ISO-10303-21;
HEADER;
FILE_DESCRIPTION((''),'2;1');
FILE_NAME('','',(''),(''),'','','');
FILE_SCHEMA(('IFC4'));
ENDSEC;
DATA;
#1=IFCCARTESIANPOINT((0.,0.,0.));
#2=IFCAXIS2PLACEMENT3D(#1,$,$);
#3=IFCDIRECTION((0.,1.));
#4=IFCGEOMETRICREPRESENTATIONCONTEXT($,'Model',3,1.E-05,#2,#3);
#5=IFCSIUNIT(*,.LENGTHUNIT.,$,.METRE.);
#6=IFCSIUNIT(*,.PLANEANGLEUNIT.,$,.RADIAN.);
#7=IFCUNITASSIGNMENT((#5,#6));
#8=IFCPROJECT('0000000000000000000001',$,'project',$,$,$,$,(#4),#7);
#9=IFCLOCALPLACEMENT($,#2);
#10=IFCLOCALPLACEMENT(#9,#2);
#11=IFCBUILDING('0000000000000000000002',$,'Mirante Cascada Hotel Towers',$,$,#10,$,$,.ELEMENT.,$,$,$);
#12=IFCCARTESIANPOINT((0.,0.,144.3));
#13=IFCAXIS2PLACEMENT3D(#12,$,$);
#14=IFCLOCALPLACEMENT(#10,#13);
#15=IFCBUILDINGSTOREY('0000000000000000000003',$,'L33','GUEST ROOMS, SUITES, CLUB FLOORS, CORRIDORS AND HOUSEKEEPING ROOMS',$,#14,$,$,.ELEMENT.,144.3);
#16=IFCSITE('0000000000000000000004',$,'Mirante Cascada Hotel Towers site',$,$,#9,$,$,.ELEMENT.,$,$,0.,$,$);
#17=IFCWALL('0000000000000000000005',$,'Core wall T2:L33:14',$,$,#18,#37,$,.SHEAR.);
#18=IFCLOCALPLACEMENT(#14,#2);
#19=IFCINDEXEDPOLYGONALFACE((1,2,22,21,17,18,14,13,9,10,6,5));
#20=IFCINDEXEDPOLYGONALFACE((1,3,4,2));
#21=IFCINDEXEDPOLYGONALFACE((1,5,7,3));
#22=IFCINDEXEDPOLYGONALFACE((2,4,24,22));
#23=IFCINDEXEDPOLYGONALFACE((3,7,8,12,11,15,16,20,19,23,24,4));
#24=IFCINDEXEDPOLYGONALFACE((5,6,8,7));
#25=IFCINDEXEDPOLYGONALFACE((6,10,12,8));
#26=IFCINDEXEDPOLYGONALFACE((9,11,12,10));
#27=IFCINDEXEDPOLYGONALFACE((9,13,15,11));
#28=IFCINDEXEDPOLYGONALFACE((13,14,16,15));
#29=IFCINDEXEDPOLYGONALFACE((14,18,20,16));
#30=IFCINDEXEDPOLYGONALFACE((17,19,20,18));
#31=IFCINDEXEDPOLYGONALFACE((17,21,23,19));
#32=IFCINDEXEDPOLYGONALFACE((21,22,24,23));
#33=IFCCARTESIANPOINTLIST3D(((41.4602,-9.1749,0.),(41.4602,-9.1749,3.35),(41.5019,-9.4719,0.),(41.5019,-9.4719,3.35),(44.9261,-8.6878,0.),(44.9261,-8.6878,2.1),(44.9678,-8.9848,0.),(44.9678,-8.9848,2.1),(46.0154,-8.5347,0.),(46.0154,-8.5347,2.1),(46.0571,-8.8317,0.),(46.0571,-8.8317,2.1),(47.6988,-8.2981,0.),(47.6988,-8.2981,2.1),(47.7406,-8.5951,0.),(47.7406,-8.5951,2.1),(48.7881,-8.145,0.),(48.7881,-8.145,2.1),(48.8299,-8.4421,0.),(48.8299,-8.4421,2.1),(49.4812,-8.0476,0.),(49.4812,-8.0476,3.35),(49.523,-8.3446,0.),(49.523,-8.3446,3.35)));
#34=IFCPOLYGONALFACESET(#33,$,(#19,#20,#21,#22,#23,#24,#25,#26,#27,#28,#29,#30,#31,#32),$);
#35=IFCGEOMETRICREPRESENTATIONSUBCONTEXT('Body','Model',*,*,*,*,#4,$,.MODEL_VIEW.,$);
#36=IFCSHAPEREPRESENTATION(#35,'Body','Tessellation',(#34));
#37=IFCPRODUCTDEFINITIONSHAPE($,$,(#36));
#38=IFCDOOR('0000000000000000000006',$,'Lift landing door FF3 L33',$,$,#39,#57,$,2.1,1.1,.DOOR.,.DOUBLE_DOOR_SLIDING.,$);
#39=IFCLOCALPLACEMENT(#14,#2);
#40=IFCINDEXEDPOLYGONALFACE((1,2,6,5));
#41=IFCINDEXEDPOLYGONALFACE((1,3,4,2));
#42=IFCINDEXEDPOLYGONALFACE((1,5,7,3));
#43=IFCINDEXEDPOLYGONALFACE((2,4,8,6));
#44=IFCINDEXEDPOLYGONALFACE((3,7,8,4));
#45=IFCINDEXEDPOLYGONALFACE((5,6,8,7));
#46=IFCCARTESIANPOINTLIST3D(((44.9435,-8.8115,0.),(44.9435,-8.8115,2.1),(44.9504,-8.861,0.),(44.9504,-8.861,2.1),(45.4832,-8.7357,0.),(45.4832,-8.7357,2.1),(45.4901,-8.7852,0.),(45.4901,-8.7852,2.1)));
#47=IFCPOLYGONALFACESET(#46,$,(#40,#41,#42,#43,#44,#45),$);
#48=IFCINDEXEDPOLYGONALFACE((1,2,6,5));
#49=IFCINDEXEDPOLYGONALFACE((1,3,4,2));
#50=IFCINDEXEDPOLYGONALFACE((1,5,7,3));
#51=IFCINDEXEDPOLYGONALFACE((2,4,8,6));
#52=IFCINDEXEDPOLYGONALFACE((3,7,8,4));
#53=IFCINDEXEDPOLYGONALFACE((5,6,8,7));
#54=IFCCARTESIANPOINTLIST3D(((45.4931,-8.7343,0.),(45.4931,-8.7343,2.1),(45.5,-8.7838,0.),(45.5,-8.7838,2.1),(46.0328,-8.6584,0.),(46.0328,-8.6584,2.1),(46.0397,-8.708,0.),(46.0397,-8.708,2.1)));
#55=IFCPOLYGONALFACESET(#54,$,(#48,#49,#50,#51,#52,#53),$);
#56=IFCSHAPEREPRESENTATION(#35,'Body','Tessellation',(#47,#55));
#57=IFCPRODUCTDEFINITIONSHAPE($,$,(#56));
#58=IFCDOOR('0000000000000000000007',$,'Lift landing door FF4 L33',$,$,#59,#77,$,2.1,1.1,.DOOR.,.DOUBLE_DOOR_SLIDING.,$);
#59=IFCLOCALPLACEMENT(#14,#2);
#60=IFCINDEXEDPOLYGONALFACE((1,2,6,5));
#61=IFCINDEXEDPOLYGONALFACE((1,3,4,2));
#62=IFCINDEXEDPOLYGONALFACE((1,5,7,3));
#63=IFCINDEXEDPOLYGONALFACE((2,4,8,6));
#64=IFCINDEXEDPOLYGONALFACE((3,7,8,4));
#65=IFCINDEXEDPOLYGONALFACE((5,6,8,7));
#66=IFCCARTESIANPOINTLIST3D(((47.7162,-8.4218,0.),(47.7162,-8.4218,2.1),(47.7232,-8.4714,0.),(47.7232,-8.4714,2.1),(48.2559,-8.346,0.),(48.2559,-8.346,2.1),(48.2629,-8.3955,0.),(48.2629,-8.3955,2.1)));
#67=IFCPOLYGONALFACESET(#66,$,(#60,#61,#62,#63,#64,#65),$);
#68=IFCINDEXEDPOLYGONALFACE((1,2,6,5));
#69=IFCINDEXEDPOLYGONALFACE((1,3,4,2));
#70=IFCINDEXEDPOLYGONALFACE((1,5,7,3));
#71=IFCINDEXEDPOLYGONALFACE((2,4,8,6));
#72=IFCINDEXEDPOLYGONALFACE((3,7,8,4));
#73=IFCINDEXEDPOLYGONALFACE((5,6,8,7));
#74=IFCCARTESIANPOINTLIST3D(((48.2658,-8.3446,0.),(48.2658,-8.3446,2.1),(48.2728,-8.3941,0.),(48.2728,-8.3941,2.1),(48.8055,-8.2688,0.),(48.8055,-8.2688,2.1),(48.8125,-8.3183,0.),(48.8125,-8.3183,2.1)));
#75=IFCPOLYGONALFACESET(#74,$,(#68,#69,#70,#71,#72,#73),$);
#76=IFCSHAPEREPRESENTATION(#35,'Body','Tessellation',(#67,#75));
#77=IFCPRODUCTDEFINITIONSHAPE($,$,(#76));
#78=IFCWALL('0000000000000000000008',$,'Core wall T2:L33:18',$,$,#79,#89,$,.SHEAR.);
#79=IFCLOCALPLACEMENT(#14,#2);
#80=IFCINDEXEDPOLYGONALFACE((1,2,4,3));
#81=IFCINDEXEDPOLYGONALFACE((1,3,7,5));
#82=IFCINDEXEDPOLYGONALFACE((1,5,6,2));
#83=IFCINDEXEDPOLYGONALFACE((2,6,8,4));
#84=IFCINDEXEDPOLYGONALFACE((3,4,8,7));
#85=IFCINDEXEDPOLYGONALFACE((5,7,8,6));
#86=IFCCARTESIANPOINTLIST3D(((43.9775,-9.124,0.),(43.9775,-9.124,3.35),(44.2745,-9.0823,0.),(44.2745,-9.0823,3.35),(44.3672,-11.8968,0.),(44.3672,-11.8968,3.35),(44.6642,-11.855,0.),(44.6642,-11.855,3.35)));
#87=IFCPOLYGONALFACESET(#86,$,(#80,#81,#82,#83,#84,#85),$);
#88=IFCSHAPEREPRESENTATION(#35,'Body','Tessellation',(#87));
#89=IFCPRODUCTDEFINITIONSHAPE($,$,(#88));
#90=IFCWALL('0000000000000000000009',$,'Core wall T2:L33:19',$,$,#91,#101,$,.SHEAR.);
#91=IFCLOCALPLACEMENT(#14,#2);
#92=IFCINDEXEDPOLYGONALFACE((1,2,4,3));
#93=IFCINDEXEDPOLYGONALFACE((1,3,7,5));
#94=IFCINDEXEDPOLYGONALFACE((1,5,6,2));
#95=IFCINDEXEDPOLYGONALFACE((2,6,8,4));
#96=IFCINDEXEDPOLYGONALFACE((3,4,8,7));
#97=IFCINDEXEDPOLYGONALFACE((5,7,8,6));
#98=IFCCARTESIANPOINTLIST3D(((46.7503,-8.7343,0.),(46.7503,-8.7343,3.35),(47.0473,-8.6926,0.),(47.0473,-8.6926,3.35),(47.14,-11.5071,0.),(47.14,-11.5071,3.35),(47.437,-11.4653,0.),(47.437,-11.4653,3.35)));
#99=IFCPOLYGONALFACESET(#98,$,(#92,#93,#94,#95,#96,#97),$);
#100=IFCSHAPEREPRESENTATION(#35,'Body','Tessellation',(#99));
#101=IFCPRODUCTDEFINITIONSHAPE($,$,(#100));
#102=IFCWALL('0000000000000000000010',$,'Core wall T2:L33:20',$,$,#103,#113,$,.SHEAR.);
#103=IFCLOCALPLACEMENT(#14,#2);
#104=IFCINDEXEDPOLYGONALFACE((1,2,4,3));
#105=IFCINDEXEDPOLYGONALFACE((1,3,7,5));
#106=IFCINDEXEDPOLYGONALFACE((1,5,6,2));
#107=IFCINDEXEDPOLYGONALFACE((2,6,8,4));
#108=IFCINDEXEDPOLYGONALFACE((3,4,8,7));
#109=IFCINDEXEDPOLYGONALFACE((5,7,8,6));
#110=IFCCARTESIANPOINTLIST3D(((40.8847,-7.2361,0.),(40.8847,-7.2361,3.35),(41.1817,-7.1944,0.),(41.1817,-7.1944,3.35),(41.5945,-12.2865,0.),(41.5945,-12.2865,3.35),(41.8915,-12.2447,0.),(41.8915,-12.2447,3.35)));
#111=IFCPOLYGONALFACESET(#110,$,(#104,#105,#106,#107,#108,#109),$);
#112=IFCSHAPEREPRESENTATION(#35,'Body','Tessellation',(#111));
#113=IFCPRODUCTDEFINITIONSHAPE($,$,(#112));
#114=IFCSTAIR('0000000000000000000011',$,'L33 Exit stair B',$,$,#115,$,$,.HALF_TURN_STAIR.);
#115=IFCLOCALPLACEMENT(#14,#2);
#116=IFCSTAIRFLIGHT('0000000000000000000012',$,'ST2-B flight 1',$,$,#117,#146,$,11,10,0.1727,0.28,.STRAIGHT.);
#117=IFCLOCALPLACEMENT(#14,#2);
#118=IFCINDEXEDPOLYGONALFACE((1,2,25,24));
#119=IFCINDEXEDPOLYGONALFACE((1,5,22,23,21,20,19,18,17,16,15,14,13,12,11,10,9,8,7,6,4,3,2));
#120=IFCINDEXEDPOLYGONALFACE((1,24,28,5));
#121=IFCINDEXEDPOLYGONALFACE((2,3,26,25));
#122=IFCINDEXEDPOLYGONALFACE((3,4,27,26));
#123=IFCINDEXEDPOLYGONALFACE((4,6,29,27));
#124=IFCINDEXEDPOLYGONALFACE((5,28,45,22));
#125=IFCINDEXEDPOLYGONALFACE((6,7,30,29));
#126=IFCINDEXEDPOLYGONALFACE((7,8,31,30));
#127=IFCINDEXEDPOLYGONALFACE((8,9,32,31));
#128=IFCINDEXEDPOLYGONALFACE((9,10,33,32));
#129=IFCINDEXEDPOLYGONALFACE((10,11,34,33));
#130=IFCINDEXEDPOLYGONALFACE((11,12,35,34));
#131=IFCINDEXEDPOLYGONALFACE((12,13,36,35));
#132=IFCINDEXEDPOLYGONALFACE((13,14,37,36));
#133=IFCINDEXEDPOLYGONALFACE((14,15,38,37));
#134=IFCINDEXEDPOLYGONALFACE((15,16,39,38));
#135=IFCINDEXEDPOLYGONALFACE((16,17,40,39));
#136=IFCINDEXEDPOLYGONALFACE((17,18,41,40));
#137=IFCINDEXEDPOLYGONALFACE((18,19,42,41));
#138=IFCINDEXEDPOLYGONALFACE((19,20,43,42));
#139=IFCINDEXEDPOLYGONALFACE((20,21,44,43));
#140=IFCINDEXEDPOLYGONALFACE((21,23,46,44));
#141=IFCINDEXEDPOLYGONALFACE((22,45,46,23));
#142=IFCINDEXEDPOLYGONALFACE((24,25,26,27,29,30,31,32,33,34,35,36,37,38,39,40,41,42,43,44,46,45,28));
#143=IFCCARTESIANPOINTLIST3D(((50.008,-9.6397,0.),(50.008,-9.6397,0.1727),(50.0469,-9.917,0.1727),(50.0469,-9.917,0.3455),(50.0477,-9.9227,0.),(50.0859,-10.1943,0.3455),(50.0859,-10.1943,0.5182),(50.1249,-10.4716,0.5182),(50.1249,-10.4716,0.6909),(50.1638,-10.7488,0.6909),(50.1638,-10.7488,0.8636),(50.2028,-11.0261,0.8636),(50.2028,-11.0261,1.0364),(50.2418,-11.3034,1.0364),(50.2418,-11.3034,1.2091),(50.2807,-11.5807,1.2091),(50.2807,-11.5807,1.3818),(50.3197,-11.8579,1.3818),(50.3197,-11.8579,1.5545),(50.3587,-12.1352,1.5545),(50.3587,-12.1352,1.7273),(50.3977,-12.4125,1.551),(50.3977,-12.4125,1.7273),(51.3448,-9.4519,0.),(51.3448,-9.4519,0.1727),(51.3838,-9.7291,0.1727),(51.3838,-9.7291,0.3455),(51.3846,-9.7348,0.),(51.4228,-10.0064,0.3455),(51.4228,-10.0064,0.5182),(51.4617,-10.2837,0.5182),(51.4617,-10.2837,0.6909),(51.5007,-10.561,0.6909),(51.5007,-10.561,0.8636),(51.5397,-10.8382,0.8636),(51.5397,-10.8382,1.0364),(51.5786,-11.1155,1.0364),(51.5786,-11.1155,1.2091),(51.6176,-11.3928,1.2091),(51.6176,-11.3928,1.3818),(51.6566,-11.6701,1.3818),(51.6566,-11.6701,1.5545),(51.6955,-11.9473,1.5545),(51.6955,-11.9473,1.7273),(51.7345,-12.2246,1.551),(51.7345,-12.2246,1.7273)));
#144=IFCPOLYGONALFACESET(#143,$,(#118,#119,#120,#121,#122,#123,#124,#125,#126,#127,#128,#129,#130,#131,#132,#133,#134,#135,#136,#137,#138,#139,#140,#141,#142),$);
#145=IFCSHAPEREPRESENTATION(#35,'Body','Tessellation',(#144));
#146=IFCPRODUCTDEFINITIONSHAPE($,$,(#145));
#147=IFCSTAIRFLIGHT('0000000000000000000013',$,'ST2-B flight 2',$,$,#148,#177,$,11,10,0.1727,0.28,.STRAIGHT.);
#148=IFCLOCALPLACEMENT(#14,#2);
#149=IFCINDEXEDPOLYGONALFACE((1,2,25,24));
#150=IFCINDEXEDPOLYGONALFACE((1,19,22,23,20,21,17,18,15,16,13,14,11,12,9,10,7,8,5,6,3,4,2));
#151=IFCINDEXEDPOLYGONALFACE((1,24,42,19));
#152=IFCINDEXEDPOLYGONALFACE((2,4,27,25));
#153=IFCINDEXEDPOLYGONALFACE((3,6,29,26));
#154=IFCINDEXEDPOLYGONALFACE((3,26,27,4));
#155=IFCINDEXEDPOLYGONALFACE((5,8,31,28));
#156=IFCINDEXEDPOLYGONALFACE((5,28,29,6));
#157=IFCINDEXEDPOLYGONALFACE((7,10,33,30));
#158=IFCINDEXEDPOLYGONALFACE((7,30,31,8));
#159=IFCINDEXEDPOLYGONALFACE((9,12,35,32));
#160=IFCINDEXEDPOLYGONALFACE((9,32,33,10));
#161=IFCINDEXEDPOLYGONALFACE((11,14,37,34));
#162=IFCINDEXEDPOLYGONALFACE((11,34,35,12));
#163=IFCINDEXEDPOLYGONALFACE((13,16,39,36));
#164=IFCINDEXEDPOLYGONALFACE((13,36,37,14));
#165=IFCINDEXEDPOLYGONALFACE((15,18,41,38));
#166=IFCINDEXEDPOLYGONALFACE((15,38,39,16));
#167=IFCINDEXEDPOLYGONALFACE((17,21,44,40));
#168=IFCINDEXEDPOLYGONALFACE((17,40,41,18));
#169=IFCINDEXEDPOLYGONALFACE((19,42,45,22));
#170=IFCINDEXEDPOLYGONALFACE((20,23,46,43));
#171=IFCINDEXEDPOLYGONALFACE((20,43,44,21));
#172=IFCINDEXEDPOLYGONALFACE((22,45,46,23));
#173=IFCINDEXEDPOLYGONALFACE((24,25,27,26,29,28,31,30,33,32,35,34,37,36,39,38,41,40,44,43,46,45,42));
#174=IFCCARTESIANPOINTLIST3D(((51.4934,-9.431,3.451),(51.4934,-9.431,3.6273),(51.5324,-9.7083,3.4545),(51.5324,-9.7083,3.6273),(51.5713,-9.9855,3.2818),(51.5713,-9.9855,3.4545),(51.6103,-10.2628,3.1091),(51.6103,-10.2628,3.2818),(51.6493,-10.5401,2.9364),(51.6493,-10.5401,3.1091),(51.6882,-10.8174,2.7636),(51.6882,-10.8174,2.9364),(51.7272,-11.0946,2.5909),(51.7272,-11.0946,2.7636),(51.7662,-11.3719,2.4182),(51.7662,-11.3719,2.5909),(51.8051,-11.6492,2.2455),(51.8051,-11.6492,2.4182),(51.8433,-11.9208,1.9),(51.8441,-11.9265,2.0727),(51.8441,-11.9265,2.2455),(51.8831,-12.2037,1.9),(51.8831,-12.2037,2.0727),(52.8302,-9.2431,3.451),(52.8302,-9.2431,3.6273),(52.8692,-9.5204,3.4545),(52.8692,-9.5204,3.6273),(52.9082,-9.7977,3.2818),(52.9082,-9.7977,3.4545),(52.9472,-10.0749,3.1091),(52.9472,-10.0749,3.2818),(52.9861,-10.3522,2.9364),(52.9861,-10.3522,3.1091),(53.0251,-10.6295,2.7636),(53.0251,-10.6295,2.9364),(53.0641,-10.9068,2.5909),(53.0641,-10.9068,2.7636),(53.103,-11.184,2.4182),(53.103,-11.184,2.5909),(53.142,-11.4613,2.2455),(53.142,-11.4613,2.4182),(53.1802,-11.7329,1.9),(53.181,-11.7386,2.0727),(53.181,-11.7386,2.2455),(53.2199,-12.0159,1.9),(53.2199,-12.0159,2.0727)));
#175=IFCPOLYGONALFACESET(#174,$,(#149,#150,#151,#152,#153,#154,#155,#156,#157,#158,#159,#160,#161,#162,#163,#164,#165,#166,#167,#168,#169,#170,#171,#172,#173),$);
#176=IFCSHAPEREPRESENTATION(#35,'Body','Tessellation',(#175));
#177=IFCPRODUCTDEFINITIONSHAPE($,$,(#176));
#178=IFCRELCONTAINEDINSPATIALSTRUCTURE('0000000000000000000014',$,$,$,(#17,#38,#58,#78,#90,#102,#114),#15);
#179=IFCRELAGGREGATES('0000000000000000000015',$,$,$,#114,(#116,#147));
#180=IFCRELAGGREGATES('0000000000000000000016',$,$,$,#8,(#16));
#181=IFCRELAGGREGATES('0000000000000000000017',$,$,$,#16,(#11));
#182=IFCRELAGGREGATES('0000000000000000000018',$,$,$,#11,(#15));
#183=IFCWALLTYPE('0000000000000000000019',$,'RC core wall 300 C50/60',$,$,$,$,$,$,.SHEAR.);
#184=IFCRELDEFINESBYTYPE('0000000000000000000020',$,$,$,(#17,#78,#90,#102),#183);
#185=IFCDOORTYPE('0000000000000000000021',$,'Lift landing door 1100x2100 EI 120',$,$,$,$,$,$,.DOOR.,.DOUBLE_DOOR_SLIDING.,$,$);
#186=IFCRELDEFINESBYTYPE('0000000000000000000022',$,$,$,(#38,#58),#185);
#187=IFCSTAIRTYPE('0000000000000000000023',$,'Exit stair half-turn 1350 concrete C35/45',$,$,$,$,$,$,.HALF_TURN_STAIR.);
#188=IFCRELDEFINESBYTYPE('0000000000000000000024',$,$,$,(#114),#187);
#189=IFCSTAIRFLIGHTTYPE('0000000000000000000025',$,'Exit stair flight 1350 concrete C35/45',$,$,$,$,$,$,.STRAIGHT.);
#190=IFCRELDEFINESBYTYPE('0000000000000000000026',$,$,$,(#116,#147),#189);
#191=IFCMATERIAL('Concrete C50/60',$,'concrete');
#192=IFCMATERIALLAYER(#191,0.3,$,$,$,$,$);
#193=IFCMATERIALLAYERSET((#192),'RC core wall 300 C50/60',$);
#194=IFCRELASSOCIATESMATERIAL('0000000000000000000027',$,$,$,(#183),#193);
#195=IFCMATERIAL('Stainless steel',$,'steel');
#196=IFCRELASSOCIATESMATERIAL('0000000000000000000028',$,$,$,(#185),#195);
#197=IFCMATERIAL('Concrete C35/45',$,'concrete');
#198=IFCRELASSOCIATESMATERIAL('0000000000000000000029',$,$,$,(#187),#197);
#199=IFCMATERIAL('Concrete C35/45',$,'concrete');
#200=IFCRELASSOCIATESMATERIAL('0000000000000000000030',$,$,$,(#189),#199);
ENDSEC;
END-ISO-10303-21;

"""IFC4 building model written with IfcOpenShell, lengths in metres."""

from ifc_helpers import new_model, si_unit, direction, frame, frame_2d, origin, place, context, subcontext, project, spatial, polyline, rectangle, outline, extrude, material, layer, layer_set, type_object, element, fill, aggregate, save


model = new_model("IFC4")

# Units and contexts
model_context = context("Model", 3, precision=1e-05, world=origin(), true_north=direction((0.0, 1.0)))
body_context = subcontext(model_context, "Body", "Model", "MODEL_VIEW")
ifc_project = project(units=[si_unit("LENGTHUNIT", "METRE"), si_unit("PLANEANGLEUNIT", "RADIAN")], contexts=[model_context])

# Site, building, storey
site_placement = place(None, origin())
site = spatial("IfcSite", under=ifc_project, at=site_placement, Name="Mirante Cascada Hotel Towers site", CompositionType="ELEMENT", RefElevation=0.0)
building_placement = place(site_placement, origin())
building = spatial("IfcBuilding", under=site, at=building_placement, Name="Mirante Cascada Hotel Towers", CompositionType="ELEMENT")
storey_placement = place(building_placement, frame((0.0, 0.0, 144.3)))
storey = spatial("IfcBuildingStorey", under=building, at=storey_placement, Name="L33", Description="GUEST ROOMS, SUITES, CLUB FLOORS, CORRIDORS AND HOUSEKEEPING ROOMS", CompositionType="ELEMENT", Elevation=144.3)

# Shared definitions
ifc_material_1 = material(Name="Concrete C50/60", Category="concrete")
ifc_layer_1 = layer(ifc_material_1, 0.3)
ifc_layer_set_1 = layer_set([ifc_layer_1], Name="RC core wall 300 C50/60")
wall_type_1 = type_object("IfcWallType", Name="RC core wall 300 C50/60", PredefinedType="SHEAR", material=ifc_layer_set_1)
ifc_material_2 = material(Name="Stainless steel", Category="steel")
door_type_1 = type_object("IfcDoorType", Name="Lift landing door 1100x2100 EI 120", OperationType="DOUBLE_DOOR_SLIDING", PredefinedType="DOOR", material=ifc_material_2)

# Wall, openings, doors
wall_1_placement = place(storey_placement, frame((41.481, -9.3234, 0.0), z_axis=(0.0, 0.0, 1.0), x_axis=(0.990268, 0.139174, 0.0)))
wall_1 = element("IfcWall", 1, at=wall_1_placement, inside=storey, type_object=wall_type_1, Name="Core wall T2:L33:14", PredefinedType="SHEAR", context=body_context, shape_type="SweptSolid", body=[
    extrude(rectangle(XDim=8.0999, YDim=0.3, at=frame_2d((4.05, 0.0))), origin(), (0.0, 0.0, 1.0), 3.35),
])
opening_1_placement = place(wall_1_placement, frame((3.5, 0.0, 0.0)))
opening_1 = element("IfcOpeningElement", 2, at=opening_1_placement, cuts=wall_1, PredefinedType="OPENING", context=body_context, shape_type="SweptSolid", body=[
    extrude(rectangle(XDim=1.1, YDim=2.1, at=frame_2d((0.55, 1.05))), frame((0.0, 0.15, 0.0), z_axis=(0.0, -1.0, 0.0), x_axis=(1.0, 0.0, 0.0)), (0.0, 0.0, 1.0), 0.3),
])
opening_2_placement = place(wall_1_placement, frame((6.3, 0.0, 0.0)))
opening_2 = element("IfcOpeningElement", 3, at=opening_2_placement, cuts=wall_1, PredefinedType="OPENING", context=body_context, shape_type="SweptSolid", body=[
    extrude(rectangle(XDim=1.1, YDim=2.1, at=frame_2d((0.55, 1.05))), frame((0.0, 0.15, 0.0), z_axis=(0.0, -1.0, 0.0), x_axis=(1.0, 0.0, 0.0)), (0.0, 0.0, 1.0), 0.3),
])
door_1_placement = place(opening_1_placement, origin())
door_1 = element("IfcDoor", 4, at=door_1_placement, inside=storey, type_object=door_type_1, Name="Lift landing door FF3 L33", OperationType="DOUBLE_DOOR_SLIDING", OverallHeight=2.1, OverallWidth=1.1, PredefinedType="DOOR", context=body_context, shape_type="SweptSolid", body=[
    extrude(rectangle(XDim=0.545, YDim=2.1, at=frame_2d((0.2725, 1.05))), frame((0.0, 0.025, 0.0), z_axis=(0.0, -1.0, 0.0), x_axis=(1.0, 0.0, 0.0)), (0.0, 0.0, 1.0), 0.05),
    extrude(rectangle(XDim=0.545, YDim=2.1, at=frame_2d((0.8275, 1.05))), frame((0.0, 0.025, 0.0), z_axis=(0.0, -1.0, 0.0), x_axis=(1.0, 0.0, 0.0)), (0.0, 0.0, 1.0), 0.05),
])
fill(opening_1, door_1)
door_2_placement = place(opening_2_placement, origin())
door_2 = element("IfcDoor", 5, at=door_2_placement, inside=storey, type_object=door_type_1, Name="Lift landing door FF4 L33", OperationType="DOUBLE_DOOR_SLIDING", OverallHeight=2.1, OverallWidth=1.1, PredefinedType="DOOR", context=body_context, shape_type="SweptSolid", body=[
    extrude(rectangle(XDim=0.545, YDim=2.1, at=frame_2d((0.2725, 1.05))), frame((0.0, 0.025, 0.0), z_axis=(0.0, -1.0, 0.0), x_axis=(1.0, 0.0, 0.0)), (0.0, 0.0, 1.0), 0.05),
    extrude(rectangle(XDim=0.545, YDim=2.1, at=frame_2d((0.8275, 1.05))), frame((0.0, 0.025, 0.0), z_axis=(0.0, -1.0, 0.0), x_axis=(1.0, 0.0, 0.0)), (0.0, 0.0, 1.0), 0.05),
])
fill(opening_2, door_2)

# Walls
for number, where, z_axis, x_axis, name in (
    (6, (44.5157, -11.8759, 0.0), (0.0, 0.0, 1.0), (-0.139181, 0.990267, 0.0), "Core wall T2:L33:18"),
    (7, (47.2885, -11.4862, 0.0), (0.0, 0.0, 1.0), (-0.139181, 0.990267, 0.0), "Core wall T2:L33:19"),
):
    element("IfcWall", number, at=place(storey_placement, frame(where, z_axis=z_axis, x_axis=x_axis)), inside=storey, type_object=wall_type_1, Name=name, PredefinedType="SHEAR", context=body_context, shape_type="SweptSolid", body=[
        extrude(rectangle(XDim=2.8, YDim=0.3, at=frame_2d((1.4, 0.0))), origin(), (0.0, 0.0, 1.0), 3.35),
    ])
wall_2_placement = place(storey_placement, frame((41.743, -12.2656, 0.0), z_axis=(0.0, 0.0, 1.0), x_axis=(-0.139176, 0.990268, 0.0)))
element("IfcWall", 8, at=wall_2_placement, inside=storey, type_object=wall_type_1, Name="Core wall T2:L33:20", PredefinedType="SHEAR", context=body_context, shape_type="SweptSolid", body=[
    extrude(rectangle(XDim=5.1, YDim=0.3, at=frame_2d((2.55, 0.0))), origin(), (0.0, 0.0, 1.0), 3.35),
])

# Stair, stair flights
ifc_material_3 = material(Name="Concrete C35/45", Category="concrete")
stair_type = type_object("IfcStairType", Name="Exit stair half-turn 1350 concrete C35/45", PredefinedType="HALF_TURN_STAIR", material=ifc_material_3)
stair_placement = place(storey_placement, origin())
stair = element("IfcStair", 9, at=stair_placement, inside=storey, type_object=stair_type, Name="L33 Exit stair B", PredefinedType="HALF_TURN_STAIR")
ifc_material_4 = material(Name="Concrete C35/45", Category="concrete")
stair_flight_type = type_object("IfcStairFlightType", Name="Exit stair flight 1350 concrete C35/45", PredefinedType="STRAIGHT", material=ifc_material_4)
stair_flight_1_placement = place(storey_placement, frame((50.6764, -9.5458, 0.0), z_axis=(0.0, 0.0, 1.0), x_axis=(0.139173, -0.990268, 0.0)))
stair_flight_1 = element("IfcStairFlight", 10, at=stair_flight_1_placement, type_object=stair_flight_type, Name="ST2-B flight 1", NumberOfRisers=11, NumberOfTreads=10, PredefinedType="STRAIGHT", RiserHeight=0.1727, TreadLength=0.28, context=body_context, shape_type="SweptSolid", body=[
    extrude(outline(polyline([(0.0, 0.0), (0.0, 0.1727), (0.28, 0.1727), (0.28, 0.3455), (0.56, 0.3455), (0.56, 0.5182), (0.84, 0.5182), (0.84, 0.6909), (1.12, 0.6909), (1.12, 0.8636), (1.4, 0.8636), (1.4, 1.0364), (1.68, 1.0364), (1.68, 1.2091), (1.96, 1.2091), (1.96, 1.3818), (2.24, 1.3818), (2.24, 1.5545), (2.52, 1.5545), (2.52, 1.7273), (2.8, 1.7273), (2.8, 1.9), (2.8, 1.551), (0.2857, 0.0), (0.0, 0.0)])), frame((0.0, 0.675, 0.0), z_axis=(0.0, -1.0, 0.0), x_axis=(1.0, 0.0, 0.0)), (0.0, 0.0, 1.0), 1.35),
])
stair_flight_2_placement = place(storey_placement, frame((52.5515, -12.1098, 1.9), z_axis=(0.0, 0.0, 1.0), x_axis=(-0.139173, 0.990268, 0.0)))
stair_flight_2 = element("IfcStairFlight", 11, at=stair_flight_2_placement, type_object=stair_flight_type, Name="ST2-B flight 2", NumberOfRisers=11, NumberOfTreads=10, PredefinedType="STRAIGHT", RiserHeight=0.1727, TreadLength=0.28, context=body_context, shape_type="SweptSolid", body=[
    extrude(outline(polyline([(0.0, 0.0), (0.0, 0.1727), (0.28, 0.1727), (0.28, 0.3455), (0.56, 0.3455), (0.56, 0.5182), (0.84, 0.5182), (0.84, 0.6909), (1.12, 0.6909), (1.12, 0.8636), (1.4, 0.8636), (1.4, 1.0364), (1.68, 1.0364), (1.68, 1.2091), (1.96, 1.2091), (1.96, 1.3818), (2.24, 1.3818), (2.24, 1.5545), (2.52, 1.5545), (2.52, 1.7273), (2.8, 1.7273), (2.8, 1.9), (2.8, 1.551), (0.2857, 0.0), (0.0, 0.0)])), frame((0.0, 0.675, 0.0), z_axis=(0.0, -1.0, 0.0), x_axis=(1.0, 0.0, 0.0)), (0.0, 0.0, 1.0), 1.35),
])
aggregate(stair, [stair_flight_1, stair_flight_2])

save(model, "model.ifc")
